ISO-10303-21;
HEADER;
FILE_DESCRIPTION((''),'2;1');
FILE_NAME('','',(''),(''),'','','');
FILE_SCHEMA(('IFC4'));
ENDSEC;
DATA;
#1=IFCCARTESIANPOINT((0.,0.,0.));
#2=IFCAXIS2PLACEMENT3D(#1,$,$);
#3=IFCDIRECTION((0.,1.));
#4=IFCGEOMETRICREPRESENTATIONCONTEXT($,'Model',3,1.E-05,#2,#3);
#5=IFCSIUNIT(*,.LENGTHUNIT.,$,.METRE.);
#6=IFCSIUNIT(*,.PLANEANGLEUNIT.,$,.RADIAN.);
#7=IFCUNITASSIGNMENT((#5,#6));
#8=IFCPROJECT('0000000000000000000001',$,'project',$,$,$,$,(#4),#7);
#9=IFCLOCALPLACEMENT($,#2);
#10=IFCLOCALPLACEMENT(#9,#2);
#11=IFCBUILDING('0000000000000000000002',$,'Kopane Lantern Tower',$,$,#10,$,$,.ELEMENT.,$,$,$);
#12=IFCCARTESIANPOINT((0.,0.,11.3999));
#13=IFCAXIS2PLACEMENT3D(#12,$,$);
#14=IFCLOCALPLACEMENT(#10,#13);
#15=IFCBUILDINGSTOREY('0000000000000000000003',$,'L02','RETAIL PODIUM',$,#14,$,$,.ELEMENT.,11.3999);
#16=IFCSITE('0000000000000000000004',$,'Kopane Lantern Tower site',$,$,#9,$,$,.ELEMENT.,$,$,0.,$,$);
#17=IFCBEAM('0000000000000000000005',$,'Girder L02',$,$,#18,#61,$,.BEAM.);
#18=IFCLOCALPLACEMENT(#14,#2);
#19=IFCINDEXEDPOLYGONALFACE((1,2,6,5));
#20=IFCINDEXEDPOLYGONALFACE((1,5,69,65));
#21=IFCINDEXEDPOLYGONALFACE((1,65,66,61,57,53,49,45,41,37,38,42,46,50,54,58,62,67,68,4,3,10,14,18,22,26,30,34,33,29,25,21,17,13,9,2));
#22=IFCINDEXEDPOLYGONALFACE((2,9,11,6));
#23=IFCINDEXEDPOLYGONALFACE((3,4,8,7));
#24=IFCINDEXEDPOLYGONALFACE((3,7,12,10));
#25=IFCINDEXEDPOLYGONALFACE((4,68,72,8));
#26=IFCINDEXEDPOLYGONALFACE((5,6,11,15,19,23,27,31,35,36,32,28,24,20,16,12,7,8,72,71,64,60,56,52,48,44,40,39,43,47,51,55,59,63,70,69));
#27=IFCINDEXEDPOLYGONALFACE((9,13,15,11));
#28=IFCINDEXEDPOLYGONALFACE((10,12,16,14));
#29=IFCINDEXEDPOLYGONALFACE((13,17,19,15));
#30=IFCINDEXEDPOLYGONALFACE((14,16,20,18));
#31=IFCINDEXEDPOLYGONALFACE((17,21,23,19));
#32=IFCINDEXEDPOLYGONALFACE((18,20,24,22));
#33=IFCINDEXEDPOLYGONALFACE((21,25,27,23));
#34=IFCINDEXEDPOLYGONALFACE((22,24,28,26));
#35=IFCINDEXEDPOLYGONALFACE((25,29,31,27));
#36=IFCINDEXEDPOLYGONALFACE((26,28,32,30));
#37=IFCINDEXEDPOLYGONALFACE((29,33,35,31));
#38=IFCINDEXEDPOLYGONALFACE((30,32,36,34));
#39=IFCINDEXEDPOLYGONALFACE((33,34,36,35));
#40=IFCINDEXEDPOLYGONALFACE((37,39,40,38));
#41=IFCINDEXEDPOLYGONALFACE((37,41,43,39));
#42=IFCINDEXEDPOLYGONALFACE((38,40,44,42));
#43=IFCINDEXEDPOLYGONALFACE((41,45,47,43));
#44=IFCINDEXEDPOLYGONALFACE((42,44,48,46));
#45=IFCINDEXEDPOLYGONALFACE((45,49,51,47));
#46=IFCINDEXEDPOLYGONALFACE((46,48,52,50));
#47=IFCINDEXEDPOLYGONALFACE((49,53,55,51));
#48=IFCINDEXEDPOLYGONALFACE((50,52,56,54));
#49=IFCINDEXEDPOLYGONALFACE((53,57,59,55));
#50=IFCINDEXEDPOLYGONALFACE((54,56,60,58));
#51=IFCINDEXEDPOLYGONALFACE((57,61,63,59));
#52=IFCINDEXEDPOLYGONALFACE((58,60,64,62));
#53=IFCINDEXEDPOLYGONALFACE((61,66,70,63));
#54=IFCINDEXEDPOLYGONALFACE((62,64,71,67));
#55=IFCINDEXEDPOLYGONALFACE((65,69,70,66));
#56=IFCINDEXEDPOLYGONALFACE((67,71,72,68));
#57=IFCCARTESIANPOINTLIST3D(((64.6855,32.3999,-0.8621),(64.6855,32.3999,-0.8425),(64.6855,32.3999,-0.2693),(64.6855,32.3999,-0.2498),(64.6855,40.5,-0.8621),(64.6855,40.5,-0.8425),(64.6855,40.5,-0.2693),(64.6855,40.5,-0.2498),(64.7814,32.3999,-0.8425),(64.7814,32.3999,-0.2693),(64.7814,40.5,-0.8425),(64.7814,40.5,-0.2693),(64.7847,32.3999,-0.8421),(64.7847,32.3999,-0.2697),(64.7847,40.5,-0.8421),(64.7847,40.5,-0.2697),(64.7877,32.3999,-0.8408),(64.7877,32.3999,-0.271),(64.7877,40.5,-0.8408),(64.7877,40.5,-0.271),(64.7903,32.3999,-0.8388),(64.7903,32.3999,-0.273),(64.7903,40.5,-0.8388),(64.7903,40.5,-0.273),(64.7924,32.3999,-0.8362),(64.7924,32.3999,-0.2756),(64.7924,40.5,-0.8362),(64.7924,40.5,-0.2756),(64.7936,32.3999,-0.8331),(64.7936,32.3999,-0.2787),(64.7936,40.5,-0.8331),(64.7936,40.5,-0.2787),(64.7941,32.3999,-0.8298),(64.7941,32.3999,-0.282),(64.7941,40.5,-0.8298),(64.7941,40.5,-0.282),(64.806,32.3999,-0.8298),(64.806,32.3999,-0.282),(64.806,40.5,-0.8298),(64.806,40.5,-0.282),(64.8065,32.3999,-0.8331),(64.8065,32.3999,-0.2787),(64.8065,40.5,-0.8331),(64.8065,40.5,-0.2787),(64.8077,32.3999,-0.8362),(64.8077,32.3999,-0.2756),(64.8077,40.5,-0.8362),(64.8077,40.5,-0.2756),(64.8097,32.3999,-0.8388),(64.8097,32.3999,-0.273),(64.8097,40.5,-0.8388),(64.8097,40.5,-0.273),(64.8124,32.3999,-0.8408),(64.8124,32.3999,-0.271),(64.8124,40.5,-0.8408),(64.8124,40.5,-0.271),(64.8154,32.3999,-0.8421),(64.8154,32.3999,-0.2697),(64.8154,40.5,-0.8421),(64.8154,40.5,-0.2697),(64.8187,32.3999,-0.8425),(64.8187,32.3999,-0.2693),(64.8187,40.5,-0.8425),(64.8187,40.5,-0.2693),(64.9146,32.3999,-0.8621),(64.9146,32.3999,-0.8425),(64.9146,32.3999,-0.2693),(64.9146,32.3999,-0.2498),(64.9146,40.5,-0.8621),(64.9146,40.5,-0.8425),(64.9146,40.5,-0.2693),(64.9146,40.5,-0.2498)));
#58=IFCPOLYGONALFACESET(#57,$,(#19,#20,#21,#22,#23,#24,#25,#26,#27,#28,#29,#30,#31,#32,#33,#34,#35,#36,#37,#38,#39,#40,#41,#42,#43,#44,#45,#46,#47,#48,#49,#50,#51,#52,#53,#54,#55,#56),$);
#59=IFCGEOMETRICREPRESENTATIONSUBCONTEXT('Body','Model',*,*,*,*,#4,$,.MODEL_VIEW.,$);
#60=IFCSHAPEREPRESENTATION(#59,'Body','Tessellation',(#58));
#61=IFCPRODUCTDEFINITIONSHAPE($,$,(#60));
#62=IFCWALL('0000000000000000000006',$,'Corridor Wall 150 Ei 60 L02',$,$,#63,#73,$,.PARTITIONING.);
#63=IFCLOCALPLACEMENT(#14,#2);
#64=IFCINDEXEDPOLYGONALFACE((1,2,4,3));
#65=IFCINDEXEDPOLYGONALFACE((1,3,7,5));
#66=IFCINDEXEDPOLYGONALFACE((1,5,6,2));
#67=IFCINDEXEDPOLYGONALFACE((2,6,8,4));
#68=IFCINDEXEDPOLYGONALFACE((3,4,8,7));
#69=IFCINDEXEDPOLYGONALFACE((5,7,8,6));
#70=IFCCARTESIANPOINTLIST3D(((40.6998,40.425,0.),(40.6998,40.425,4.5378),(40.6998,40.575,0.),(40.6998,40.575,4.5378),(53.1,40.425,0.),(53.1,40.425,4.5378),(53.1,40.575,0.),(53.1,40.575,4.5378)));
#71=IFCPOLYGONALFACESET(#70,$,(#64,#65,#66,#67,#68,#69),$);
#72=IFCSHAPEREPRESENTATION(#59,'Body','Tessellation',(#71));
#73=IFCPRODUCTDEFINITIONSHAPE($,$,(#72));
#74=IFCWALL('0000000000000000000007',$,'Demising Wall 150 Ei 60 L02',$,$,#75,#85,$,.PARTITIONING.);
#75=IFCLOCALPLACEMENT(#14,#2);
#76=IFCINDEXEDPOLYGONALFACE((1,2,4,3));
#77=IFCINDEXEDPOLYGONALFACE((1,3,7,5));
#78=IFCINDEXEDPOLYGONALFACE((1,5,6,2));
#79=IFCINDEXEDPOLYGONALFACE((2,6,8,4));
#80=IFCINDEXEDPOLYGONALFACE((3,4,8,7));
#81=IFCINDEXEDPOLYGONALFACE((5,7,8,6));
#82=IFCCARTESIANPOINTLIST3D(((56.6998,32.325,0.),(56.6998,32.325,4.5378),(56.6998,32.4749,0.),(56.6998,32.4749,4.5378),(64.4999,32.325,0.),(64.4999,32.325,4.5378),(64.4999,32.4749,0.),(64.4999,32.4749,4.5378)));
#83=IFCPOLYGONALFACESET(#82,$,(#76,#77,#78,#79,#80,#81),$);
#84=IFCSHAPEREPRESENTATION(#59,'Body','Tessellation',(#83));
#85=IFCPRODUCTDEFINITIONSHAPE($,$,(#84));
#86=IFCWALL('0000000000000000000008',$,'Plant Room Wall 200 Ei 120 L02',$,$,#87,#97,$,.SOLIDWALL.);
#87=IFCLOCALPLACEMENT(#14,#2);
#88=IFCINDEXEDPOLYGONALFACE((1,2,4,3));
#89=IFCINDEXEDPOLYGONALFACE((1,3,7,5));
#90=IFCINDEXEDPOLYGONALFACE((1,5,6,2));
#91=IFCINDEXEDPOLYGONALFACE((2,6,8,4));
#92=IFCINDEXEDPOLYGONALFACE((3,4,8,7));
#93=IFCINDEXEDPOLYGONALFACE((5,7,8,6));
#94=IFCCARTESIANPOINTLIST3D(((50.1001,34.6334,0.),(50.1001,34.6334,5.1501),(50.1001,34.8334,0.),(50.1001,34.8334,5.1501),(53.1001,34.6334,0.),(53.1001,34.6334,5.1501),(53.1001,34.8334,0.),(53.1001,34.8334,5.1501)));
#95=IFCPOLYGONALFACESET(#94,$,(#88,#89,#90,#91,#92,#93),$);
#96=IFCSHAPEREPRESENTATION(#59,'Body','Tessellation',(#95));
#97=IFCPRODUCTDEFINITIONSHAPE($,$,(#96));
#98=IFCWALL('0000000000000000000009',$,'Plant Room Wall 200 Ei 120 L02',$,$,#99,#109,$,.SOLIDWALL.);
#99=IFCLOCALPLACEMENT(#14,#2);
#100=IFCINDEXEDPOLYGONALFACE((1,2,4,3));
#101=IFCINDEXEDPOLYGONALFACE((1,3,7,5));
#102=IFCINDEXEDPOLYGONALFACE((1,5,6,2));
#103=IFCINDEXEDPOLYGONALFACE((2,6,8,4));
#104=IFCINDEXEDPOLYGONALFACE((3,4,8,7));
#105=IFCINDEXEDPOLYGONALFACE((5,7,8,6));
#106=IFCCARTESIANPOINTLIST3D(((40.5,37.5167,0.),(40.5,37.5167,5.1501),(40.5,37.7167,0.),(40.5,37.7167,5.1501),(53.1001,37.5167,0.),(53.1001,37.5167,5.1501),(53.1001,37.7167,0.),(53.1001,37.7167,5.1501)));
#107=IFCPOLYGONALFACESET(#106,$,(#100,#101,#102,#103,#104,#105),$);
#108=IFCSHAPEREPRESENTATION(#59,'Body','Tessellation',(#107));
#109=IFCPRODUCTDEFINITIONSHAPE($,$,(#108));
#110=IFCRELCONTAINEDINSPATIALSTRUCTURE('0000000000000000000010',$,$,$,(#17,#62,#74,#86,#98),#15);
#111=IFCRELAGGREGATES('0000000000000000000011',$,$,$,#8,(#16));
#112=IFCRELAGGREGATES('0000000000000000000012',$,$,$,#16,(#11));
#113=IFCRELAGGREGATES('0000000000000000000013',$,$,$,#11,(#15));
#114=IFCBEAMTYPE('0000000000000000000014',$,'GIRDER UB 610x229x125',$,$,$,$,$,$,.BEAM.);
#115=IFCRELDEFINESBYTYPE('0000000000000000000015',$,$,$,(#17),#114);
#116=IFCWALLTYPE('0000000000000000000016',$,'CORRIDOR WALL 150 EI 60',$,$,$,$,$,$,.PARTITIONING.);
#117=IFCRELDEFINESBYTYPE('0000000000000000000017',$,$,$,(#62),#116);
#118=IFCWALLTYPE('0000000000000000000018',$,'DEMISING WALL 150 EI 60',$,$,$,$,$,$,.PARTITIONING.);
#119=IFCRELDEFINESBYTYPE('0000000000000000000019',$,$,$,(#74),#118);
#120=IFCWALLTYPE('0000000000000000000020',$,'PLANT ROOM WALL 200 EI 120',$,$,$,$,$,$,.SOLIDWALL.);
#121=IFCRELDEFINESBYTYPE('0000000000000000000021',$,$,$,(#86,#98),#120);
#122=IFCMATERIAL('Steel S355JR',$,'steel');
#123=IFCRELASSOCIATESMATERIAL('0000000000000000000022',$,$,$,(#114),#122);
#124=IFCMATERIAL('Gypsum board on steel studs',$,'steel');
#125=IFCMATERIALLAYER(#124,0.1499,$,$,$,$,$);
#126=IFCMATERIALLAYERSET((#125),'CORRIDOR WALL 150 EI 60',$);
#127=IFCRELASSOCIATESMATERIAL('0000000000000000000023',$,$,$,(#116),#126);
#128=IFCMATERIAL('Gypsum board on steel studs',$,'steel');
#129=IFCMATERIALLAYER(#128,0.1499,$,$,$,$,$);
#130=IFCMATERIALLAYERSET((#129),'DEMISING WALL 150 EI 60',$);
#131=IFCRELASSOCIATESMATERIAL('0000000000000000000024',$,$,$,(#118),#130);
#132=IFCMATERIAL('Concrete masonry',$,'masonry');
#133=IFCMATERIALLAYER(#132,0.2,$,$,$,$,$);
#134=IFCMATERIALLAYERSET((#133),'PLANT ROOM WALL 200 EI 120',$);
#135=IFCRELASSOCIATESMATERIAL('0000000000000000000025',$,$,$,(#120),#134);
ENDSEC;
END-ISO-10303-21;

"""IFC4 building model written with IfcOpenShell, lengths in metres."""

from ifc_helpers import new_model, si_unit, direction, frame, frame_2d, origin, origin_2d, place, context, subcontext, project, spatial, rectangle, i_section, extrude, material, layer, layer_set, material_profile, profile_set, type_object, element, save


model = new_model("IFC4")

# Units and contexts
model_context = context("Model", 3, precision=1e-05, world=origin(), true_north=direction((0.0, 1.0)))
body_context = subcontext(model_context, "Body", "Model", "MODEL_VIEW")
ifc_project = project(units=[si_unit("LENGTHUNIT", "METRE"), si_unit("PLANEANGLEUNIT", "RADIAN")], contexts=[model_context])

# Site, building, storey
site_placement = place(None, origin())
site = spatial("IfcSite", under=ifc_project, at=site_placement, Name="Kopane Lantern Tower site", CompositionType="ELEMENT", RefElevation=0.0)
building_placement = place(site_placement, origin())
building = spatial("IfcBuilding", under=site, at=building_placement, Name="Kopane Lantern Tower", CompositionType="ELEMENT")
storey_placement = place(building_placement, frame((0.0, 0.0, 11.3999)))
storey = spatial("IfcBuildingStorey", under=building, at=storey_placement, Name="L02", Description="RETAIL PODIUM", CompositionType="ELEMENT", Elevation=11.3999)

# Beam
ifc_material_1 = material(Name="Steel S355JR", Category="steel")
ifc_material_profile_1 = material_profile(ifc_material_1, i_section(OverallWidth=0.229, OverallDepth=0.6123, WebThickness=0.012, FlangeThickness=0.0195, FilletRadius=0.0127, at=origin_2d()), Name="UB 610x229x125")
ifc_profile_set_1 = profile_set([ifc_material_profile_1], Name="Steel S355JR")
beam_type = type_object("IfcBeamType", Name="GIRDER UB 610x229x125", PredefinedType="BEAM", material=ifc_profile_set_1)
for number, where, z_axis, x_axis, name in (
    (1, (64.8, 32.3999, -0.5559), (0.0, 1.0, 0.0), (-1.0, 0.0, 0.0), "Girder L02"),
):
    element("IfcBeam", number, at=place(storey_placement, frame(where, z_axis=z_axis, x_axis=x_axis)), inside=storey, type_object=beam_type, Name=name, PredefinedType="BEAM", context=body_context, shape_type="SweptSolid", body=[
        extrude(i_section(OverallWidth=0.229, OverallDepth=0.6123, WebThickness=0.012, FlangeThickness=0.0195, FilletRadius=0.0127, at=origin_2d()), origin(), (0.0, 0.0, 1.0), 8.1001),
    ])

# Walls
ifc_material_2 = material(Name="Gypsum board on steel studs", Category="steel")
ifc_layer_1 = layer(ifc_material_2, 0.1499)
ifc_layer_set_1 = layer_set([ifc_layer_1], Name="CORRIDOR WALL 150 EI 60")
wall_type_1 = type_object("IfcWallType", Name="CORRIDOR WALL 150 EI 60", PredefinedType="PARTITIONING", material=ifc_layer_set_1)
wall_1_placement = place(storey_placement, frame((53.1001, 40.5, 0.0), z_axis=(0.0, 0.0, 1.0), x_axis=(-1.0, 0.0, 0.0)))
element("IfcWall", 2, at=wall_1_placement, inside=storey, type_object=wall_type_1, Name="Corridor Wall 150 Ei 60 L02", PredefinedType="PARTITIONING", context=body_context, shape_type="SweptSolid", body=[
    extrude(rectangle(XDim=12.4001, YDim=0.1499, at=frame_2d((6.2002, 0.0))), origin(), (0.0, 0.0, 1.0), 4.5378),
])
ifc_material_3 = material(Name="Gypsum board on steel studs", Category="steel")
ifc_layer_2 = layer(ifc_material_3, 0.1499)
ifc_layer_set_2 = layer_set([ifc_layer_2], Name="DEMISING WALL 150 EI 60")
wall_type_2 = type_object("IfcWallType", Name="DEMISING WALL 150 EI 60", PredefinedType="PARTITIONING", material=ifc_layer_set_2)
wall_2_placement = place(storey_placement, frame((56.7, 32.3999, 0.0), z_axis=(0.0, 0.0, 1.0), x_axis=(1.0, 0.0, 0.0)))
element("IfcWall", 3, at=wall_2_placement, inside=storey, type_object=wall_type_2, Name="Demising Wall 150 Ei 60 L02", PredefinedType="PARTITIONING", context=body_context, shape_type="SweptSolid", body=[
    extrude(rectangle(XDim=7.8, YDim=0.1499, at=frame_2d((3.8999, 0.0))), origin(), (0.0, 0.0, 1.0), 4.5378),
])
ifc_material_4 = material(Name="Concrete masonry", Category="masonry")
ifc_layer_3 = layer(ifc_material_4, 0.2)
ifc_layer_set_3 = layer_set([ifc_layer_3], Name="PLANT ROOM WALL 200 EI 120")
wall_type_3 = type_object("IfcWallType", Name="PLANT ROOM WALL 200 EI 120", PredefinedType="SOLIDWALL", material=ifc_layer_set_3)
wall_3_placement = place(storey_placement, frame((53.1001, 34.7334, 0.0), z_axis=(0.0, 0.0, 1.0), x_axis=(-1.0, 0.0, 0.0)))
element("IfcWall", 4, at=wall_3_placement, inside=storey, type_object=wall_type_3, Name="Plant Room Wall 200 Ei 120 L02", PredefinedType="SOLIDWALL", context=body_context, shape_type="SweptSolid", body=[
    extrude(rectangle(XDim=3.0, YDim=0.2, at=frame_2d((1.5, 0.0))), origin(), (0.0, 0.0, 1.0), 5.1501),
])
wall_4_placement = place(storey_placement, frame((53.1001, 37.6167, 0.0), z_axis=(0.0, 0.0, 1.0), x_axis=(-1.0, 0.0, 0.0)))
element("IfcWall", 5, at=wall_4_placement, inside=storey, type_object=wall_type_3, Name="Plant Room Wall 200 Ei 120 L02", PredefinedType="SOLIDWALL", context=body_context, shape_type="SweptSolid", body=[
    extrude(rectangle(XDim=12.6001, YDim=0.2, at=frame_2d((6.3, 0.0))), origin(), (0.0, 0.0, 1.0), 5.1501),
])

save(model, "model.ifc")
